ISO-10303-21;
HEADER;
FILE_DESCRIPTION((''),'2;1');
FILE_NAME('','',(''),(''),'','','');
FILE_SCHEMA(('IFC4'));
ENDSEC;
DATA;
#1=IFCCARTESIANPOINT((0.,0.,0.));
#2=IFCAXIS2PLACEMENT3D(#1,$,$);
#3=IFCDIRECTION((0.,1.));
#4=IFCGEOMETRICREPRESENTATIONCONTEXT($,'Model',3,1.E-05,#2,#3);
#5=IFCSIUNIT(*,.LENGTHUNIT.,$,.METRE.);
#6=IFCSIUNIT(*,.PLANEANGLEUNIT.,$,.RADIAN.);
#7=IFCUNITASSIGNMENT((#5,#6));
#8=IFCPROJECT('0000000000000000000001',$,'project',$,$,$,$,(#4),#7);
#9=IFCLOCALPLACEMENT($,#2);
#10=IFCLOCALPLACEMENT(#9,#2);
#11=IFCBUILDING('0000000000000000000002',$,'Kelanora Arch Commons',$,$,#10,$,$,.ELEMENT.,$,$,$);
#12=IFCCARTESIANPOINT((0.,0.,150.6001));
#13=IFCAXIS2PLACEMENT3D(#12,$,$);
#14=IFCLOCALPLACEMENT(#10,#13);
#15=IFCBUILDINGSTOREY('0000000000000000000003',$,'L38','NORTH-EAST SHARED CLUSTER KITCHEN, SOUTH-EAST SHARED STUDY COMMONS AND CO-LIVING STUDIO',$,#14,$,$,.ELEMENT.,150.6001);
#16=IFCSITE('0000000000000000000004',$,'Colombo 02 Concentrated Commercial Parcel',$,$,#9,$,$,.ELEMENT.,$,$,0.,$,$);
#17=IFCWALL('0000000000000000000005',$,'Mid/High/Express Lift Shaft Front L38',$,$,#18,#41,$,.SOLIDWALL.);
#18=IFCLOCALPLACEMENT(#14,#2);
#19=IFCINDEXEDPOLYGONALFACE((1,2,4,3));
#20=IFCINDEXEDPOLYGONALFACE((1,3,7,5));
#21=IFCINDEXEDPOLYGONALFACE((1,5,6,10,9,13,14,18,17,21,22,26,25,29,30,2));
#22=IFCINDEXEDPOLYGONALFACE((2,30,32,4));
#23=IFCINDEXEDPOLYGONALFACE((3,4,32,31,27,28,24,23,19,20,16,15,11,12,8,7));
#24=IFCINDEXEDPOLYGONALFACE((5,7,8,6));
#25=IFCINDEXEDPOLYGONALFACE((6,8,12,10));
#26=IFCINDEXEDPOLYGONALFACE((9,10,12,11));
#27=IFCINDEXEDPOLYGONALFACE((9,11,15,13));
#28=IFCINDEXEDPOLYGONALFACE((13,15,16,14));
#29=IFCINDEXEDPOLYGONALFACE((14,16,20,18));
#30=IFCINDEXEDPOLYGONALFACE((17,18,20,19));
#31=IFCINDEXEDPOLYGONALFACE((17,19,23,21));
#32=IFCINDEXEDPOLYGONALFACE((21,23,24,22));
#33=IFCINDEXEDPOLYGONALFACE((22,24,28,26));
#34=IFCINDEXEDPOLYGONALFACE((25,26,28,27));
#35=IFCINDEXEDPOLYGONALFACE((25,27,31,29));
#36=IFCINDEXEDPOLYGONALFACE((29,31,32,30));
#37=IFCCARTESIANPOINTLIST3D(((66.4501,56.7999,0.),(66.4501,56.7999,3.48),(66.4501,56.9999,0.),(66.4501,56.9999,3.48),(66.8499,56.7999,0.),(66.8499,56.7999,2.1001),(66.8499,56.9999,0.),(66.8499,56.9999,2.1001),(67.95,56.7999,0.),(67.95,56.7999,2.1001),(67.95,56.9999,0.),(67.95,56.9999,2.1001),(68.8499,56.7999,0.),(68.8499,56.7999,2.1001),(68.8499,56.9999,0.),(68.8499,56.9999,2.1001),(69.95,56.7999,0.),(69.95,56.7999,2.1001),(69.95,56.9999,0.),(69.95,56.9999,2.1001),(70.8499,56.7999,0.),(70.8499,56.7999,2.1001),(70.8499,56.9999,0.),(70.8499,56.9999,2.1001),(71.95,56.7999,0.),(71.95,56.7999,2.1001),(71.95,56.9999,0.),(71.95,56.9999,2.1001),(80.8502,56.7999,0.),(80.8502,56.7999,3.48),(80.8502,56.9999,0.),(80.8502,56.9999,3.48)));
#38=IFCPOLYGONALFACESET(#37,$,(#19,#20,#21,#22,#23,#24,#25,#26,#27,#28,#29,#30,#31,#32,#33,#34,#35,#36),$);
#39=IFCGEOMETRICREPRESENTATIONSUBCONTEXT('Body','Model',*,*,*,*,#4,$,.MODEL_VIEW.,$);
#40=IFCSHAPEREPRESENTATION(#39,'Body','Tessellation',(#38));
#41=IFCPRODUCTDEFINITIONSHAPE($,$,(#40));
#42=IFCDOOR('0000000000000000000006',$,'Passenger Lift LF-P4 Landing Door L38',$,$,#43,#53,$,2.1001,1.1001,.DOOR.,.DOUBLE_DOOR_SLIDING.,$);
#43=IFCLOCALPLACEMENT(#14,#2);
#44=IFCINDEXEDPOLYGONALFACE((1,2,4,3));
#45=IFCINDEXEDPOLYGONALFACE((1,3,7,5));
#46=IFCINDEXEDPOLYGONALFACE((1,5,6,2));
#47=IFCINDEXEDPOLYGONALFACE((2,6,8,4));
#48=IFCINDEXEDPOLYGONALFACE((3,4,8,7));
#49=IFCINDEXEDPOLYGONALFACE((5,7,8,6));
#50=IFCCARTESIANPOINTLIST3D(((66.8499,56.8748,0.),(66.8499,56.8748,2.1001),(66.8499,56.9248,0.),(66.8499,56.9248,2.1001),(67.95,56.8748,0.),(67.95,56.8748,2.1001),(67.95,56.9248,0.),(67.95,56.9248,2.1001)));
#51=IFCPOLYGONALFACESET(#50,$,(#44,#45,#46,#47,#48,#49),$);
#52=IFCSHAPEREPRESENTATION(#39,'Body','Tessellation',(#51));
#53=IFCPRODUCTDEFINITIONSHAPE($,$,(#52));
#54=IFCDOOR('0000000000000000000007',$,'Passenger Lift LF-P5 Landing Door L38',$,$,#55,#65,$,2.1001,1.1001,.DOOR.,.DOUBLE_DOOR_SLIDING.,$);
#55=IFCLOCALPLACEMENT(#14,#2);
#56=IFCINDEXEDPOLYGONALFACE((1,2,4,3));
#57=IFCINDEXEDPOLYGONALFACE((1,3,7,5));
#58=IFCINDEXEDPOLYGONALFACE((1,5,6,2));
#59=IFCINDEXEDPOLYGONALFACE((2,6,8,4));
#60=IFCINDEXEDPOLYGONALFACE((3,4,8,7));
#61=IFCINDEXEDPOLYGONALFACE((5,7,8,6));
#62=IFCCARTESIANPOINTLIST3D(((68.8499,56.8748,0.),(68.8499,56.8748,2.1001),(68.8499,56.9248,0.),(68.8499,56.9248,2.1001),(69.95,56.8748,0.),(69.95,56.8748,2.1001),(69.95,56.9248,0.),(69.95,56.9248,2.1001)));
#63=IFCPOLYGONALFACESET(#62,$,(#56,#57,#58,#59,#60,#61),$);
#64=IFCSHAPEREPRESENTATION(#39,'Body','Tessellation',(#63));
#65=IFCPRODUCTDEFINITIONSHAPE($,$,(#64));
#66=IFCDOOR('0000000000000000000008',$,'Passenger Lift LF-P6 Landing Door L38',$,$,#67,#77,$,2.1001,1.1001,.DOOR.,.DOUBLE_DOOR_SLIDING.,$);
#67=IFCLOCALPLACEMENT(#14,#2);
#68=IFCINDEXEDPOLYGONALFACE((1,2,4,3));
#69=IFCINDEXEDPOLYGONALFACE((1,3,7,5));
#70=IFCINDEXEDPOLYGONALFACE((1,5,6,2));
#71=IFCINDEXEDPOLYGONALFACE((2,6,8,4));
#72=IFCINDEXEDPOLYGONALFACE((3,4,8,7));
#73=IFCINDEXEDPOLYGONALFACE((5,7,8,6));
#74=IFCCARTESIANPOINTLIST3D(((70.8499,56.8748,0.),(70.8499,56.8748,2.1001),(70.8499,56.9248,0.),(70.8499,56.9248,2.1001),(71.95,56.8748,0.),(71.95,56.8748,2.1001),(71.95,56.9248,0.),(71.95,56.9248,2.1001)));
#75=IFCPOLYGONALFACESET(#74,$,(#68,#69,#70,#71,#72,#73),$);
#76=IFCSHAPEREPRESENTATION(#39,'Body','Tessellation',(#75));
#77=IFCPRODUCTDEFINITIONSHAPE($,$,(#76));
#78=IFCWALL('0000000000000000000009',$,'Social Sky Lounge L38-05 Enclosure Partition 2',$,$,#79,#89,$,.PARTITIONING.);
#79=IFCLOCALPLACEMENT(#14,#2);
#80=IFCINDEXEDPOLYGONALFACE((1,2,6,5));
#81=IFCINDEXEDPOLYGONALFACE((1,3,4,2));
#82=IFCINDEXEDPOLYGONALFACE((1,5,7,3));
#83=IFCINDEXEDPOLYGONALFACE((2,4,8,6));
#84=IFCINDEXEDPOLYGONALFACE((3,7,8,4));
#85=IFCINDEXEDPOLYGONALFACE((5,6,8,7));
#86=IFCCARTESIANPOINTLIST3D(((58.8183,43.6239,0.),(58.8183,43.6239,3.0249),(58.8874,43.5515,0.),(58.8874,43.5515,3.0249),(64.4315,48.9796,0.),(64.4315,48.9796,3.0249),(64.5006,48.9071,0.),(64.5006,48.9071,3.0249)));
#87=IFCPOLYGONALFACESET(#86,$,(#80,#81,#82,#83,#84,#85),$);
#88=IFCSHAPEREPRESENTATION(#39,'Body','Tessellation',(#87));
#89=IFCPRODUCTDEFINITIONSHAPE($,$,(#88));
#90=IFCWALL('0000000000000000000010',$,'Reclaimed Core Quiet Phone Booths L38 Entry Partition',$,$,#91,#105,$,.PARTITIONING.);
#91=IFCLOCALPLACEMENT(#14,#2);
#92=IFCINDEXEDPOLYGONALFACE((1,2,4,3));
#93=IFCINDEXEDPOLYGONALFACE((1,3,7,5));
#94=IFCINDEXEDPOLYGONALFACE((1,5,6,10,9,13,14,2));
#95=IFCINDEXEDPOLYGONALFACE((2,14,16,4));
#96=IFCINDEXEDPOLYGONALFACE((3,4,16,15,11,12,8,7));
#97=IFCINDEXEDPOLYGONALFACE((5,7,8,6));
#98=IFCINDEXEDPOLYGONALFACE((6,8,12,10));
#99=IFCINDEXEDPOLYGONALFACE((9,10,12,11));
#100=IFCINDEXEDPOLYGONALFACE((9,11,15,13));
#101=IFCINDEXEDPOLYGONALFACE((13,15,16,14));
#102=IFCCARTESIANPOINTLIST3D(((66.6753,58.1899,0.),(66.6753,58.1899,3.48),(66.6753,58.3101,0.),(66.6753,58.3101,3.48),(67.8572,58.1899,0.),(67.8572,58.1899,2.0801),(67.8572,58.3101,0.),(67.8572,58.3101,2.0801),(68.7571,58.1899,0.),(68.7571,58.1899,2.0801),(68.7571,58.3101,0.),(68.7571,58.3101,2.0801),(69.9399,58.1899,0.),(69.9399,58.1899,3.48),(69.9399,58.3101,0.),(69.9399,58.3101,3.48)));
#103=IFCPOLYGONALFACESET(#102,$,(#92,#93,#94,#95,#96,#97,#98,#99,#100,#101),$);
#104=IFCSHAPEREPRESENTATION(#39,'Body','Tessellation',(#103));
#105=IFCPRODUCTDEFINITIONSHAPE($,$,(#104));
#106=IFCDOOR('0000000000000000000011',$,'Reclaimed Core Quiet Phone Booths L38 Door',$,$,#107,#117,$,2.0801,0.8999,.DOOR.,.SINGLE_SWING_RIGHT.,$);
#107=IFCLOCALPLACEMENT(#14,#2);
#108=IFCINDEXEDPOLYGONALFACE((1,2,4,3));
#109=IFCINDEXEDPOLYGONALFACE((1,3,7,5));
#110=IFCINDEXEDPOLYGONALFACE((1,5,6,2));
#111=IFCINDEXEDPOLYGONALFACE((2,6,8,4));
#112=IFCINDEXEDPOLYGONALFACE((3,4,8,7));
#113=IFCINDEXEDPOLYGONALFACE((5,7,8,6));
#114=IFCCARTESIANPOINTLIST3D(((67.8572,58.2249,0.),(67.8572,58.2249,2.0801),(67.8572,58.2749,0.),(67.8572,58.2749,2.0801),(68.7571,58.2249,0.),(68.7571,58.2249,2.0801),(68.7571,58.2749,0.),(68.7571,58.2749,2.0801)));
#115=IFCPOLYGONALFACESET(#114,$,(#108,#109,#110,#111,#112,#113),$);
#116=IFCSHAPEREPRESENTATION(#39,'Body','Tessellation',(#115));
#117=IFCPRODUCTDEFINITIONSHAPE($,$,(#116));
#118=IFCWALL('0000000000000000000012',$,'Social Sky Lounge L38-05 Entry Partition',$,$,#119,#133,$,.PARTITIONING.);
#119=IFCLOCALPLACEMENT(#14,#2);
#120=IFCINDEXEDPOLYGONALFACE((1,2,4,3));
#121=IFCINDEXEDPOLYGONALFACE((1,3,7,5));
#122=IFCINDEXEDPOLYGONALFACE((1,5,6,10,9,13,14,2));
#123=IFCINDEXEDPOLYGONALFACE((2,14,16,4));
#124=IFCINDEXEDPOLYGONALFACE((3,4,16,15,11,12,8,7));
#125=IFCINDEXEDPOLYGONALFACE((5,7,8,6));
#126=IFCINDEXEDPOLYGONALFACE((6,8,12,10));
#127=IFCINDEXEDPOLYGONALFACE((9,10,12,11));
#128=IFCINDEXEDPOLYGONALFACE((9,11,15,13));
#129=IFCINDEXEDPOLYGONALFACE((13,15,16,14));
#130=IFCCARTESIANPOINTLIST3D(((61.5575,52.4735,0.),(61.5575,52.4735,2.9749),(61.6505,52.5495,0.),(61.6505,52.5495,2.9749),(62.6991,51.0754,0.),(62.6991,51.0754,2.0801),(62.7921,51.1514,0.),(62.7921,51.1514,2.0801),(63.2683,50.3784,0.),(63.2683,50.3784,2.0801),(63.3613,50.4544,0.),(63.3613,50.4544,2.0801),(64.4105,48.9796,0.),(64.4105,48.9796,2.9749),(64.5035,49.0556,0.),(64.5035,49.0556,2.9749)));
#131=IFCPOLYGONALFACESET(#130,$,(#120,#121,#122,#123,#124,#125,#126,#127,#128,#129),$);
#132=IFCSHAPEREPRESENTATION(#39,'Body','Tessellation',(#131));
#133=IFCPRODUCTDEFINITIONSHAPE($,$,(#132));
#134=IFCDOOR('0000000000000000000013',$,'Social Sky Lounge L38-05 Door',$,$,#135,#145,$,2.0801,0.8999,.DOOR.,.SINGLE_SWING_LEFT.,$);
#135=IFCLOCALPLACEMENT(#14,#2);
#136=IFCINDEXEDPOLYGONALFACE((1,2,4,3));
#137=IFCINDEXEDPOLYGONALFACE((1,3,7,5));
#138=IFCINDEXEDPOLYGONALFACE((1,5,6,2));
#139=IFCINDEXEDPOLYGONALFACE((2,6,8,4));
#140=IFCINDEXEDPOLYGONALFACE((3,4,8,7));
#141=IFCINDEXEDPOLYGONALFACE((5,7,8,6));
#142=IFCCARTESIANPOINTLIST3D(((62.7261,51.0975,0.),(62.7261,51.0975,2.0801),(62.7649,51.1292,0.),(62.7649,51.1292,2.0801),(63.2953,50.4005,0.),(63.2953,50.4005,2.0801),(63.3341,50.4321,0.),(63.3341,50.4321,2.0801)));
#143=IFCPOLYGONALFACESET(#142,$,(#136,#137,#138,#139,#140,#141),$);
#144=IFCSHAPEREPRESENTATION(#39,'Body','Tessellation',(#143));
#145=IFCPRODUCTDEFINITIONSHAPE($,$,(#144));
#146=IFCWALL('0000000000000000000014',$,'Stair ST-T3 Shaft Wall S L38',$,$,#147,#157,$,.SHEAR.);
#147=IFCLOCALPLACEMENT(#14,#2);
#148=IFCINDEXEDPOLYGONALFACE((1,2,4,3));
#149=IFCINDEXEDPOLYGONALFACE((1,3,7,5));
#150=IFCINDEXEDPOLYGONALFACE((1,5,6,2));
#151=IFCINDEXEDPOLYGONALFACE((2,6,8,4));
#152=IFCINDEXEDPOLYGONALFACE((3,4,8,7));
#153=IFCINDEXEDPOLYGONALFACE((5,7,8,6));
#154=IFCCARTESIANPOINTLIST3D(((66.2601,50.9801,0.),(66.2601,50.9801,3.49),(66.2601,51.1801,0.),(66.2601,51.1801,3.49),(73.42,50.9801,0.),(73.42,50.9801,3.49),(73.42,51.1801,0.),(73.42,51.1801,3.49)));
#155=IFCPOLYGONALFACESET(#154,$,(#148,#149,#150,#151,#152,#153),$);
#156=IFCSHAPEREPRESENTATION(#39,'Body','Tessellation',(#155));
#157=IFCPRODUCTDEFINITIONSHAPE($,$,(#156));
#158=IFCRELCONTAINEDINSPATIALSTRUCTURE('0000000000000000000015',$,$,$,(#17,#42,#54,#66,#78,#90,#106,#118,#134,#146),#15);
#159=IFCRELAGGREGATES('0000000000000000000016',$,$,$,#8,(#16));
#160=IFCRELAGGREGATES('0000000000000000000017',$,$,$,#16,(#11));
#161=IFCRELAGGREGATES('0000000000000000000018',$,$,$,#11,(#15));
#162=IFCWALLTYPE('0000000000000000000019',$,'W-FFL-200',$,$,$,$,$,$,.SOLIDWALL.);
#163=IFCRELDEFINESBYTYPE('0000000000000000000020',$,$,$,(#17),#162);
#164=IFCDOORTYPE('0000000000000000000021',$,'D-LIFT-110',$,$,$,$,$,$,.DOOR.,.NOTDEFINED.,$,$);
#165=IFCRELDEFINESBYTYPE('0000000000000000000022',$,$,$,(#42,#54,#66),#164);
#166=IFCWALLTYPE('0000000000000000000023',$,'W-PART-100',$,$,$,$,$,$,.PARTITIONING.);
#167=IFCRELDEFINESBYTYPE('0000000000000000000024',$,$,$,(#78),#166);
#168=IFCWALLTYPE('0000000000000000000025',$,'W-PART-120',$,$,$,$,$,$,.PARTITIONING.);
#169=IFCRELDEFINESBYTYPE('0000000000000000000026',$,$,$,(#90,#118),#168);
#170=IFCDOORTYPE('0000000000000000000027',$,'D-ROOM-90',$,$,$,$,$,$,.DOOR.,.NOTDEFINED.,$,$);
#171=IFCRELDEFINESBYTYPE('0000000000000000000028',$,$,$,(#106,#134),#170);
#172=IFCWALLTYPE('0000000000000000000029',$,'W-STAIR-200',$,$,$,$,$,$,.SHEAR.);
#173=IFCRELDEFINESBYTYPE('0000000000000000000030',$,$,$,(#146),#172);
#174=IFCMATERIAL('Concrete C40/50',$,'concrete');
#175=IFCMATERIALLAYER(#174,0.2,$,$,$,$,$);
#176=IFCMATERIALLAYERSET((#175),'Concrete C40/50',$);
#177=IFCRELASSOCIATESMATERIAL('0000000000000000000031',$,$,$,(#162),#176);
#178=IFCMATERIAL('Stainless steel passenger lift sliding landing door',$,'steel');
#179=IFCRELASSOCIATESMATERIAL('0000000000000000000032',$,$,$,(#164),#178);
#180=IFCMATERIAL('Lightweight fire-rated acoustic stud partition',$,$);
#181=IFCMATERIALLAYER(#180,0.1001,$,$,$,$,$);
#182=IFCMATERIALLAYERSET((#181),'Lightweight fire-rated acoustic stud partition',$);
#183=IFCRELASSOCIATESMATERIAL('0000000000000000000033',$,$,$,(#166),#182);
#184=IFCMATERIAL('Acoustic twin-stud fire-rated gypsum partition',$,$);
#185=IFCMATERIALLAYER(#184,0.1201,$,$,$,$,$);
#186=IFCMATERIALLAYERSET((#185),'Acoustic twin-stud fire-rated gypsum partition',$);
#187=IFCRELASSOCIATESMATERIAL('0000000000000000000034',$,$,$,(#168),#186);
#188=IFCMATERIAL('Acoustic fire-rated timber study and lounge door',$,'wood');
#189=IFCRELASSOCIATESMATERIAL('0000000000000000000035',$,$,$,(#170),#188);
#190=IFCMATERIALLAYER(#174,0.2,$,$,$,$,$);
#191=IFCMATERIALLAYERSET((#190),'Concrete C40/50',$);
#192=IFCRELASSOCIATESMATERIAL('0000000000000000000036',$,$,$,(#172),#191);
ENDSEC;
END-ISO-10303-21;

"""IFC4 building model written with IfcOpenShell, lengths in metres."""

from ifc_helpers import new_model, si_unit, direction, frame, frame_2d, origin, place, context, subcontext, project, spatial, rectangle, extrude, material, layer, layer_set, type_object, element, fill, save


model = new_model("IFC4")

# Units and contexts
model_context = context("Model", 3, precision=1e-05, world=origin(), true_north=direction((0.0, 1.0)))
body_context = subcontext(model_context, "Body", "Model", "MODEL_VIEW")
ifc_project = project(units=[si_unit("LENGTHUNIT", "METRE"), si_unit("PLANEANGLEUNIT", "RADIAN")], contexts=[model_context])

# Site, building, storey
site_placement = place(None, origin())
site = spatial("IfcSite", under=ifc_project, at=site_placement, Name="Colombo 02 Concentrated Commercial Parcel", CompositionType="ELEMENT", RefElevation=0.0)
building_placement = place(site_placement, origin())
building = spatial("IfcBuilding", under=site, at=building_placement, Name="Kelanora Arch Commons", CompositionType="ELEMENT")
storey_placement = place(building_placement, frame((0.0, 0.0, 150.6001)))
storey = spatial("IfcBuildingStorey", under=building, at=storey_placement, Name="L38", Description="NORTH-EAST SHARED CLUSTER KITCHEN, SOUTH-EAST SHARED STUDY COMMONS AND CO-LIVING STUDIO", CompositionType="ELEMENT", Elevation=150.6001)

# Wall, openings, doors
ifc_material_1 = material(Name="Concrete C40/50", Category="concrete")
ifc_layer_1 = layer(ifc_material_1, 0.2)
ifc_layer_set_1 = layer_set([ifc_layer_1], Name="Concrete C40/50")
wall_type_1 = type_object("IfcWallType", Name="W-FFL-200", PredefinedType="SOLIDWALL", material=ifc_layer_set_1)
wall_1_placement = place(storey_placement, frame((66.45, 56.8999, 0.0), z_axis=(0.0, 0.0, 1.0), x_axis=(1.0, 0.0, 0.0)))
wall_1 = element("IfcWall", 1, at=wall_1_placement, inside=storey, type_object=wall_type_1, Name="Mid/High/Express Lift Shaft Front L38", PredefinedType="SOLIDWALL", context=body_context, shape_type="SweptSolid", body=[
    extrude(rectangle(XDim=14.4001, YDim=0.2, at=frame_2d((7.2002, 0.0))), origin(), (0.0, 0.0, 1.0), 3.48),
])
opening_1_placement = place(wall_1_placement, frame((0.3999, 0.0, 0.0)))
opening_1 = element("IfcOpeningElement", 2, at=opening_1_placement, cuts=wall_1, PredefinedType="OPENING", context=body_context, shape_type="SweptSolid", body=[
    extrude(rectangle(XDim=1.1001, YDim=2.1001, at=frame_2d((0.55, 1.05))), frame((0.0, 0.1099, 0.0), z_axis=(0.0, -1.0, 0.0), x_axis=(1.0, 0.0, 0.0)), (0.0, 0.0, 1.0), 0.22),
])
opening_2_placement = place(wall_1_placement, frame((2.3999, 0.0, 0.0)))
opening_2 = element("IfcOpeningElement", 3, at=opening_2_placement, cuts=wall_1, PredefinedType="OPENING", context=body_context, shape_type="SweptSolid", body=[
    extrude(rectangle(XDim=1.1001, YDim=2.1001, at=frame_2d((0.55, 1.05))), frame((0.0, 0.1099, 0.0), z_axis=(0.0, -1.0, 0.0), x_axis=(1.0, 0.0, 0.0)), (0.0, 0.0, 1.0), 0.22),
])
opening_3_placement = place(wall_1_placement, frame((4.3999, 0.0, 0.0)))
opening_3 = element("IfcOpeningElement", 4, at=opening_3_placement, cuts=wall_1, PredefinedType="OPENING", context=body_context, shape_type="SweptSolid", body=[
    extrude(rectangle(XDim=1.1001, YDim=2.1001, at=frame_2d((0.55, 1.05))), frame((0.0, 0.1099, 0.0), z_axis=(0.0, -1.0, 0.0), x_axis=(1.0, 0.0, 0.0)), (0.0, 0.0, 1.0), 0.22),
])
ifc_material_2 = material(Name="Stainless steel passenger lift sliding landing door", Category="steel")
door_type_1 = type_object("IfcDoorType", Name="D-LIFT-110", OperationType="NOTDEFINED", PredefinedType="DOOR", material=ifc_material_2)
door_1_placement = place(opening_1_placement, origin())
door_1 = element("IfcDoor", 5, at=door_1_placement, inside=storey, type_object=door_type_1, Name="Passenger Lift LF-P4 Landing Door L38", OperationType="DOUBLE_DOOR_SLIDING", OverallHeight=2.1001, OverallWidth=1.1001, PredefinedType="DOOR", context=body_context, shape_type="SweptSolid", body=[
    extrude(rectangle(XDim=1.1001, YDim=2.1001, at=frame_2d((0.55, 1.05))), frame((0.0, 0.0249, 0.0), z_axis=(0.0, -1.0, 0.0), x_axis=(1.0, 0.0, 0.0)), (0.0, 0.0, 1.0), 0.05),
])
fill(opening_1, door_1)
door_2_placement = place(opening_2_placement, origin())
door_2 = element("IfcDoor", 6, at=door_2_placement, inside=storey, type_object=door_type_1, Name="Passenger Lift LF-P5 Landing Door L38", OperationType="DOUBLE_DOOR_SLIDING", OverallHeight=2.1001, OverallWidth=1.1001, PredefinedType="DOOR", context=body_context, shape_type="SweptSolid", body=[
    extrude(rectangle(XDim=1.1001, YDim=2.1001, at=frame_2d((0.55, 1.05))), frame((0.0, 0.0249, 0.0), z_axis=(0.0, -1.0, 0.0), x_axis=(1.0, 0.0, 0.0)), (0.0, 0.0, 1.0), 0.05),
])
fill(opening_2, door_2)
door_3_placement = place(opening_3_placement, origin())
door_3 = element("IfcDoor", 7, at=door_3_placement, inside=storey, type_object=door_type_1, Name="Passenger Lift LF-P6 Landing Door L38", OperationType="DOUBLE_DOOR_SLIDING", OverallHeight=2.1001, OverallWidth=1.1001, PredefinedType="DOOR", context=body_context, shape_type="SweptSolid", body=[
    extrude(rectangle(XDim=1.1001, YDim=2.1001, at=frame_2d((0.55, 1.05))), frame((0.0, 0.0249, 0.0), z_axis=(0.0, -1.0, 0.0), x_axis=(1.0, 0.0, 0.0)), (0.0, 0.0, 1.0), 0.05),
])
fill(opening_3, door_3)

# Wall
ifc_material_3 = material(Name="Lightweight fire-rated acoustic stud partition")
ifc_layer_2 = layer(ifc_material_3, 0.1001)
ifc_layer_set_2 = layer_set([ifc_layer_2], Name="Lightweight fire-rated acoustic stud partition")
wall_type_2 = type_object("IfcWallType", Name="W-PART-100", PredefinedType="PARTITIONING", material=ifc_layer_set_2)
wall_2_placement = place(storey_placement, frame((64.4661, 48.9434, 0.0), z_axis=(0.0, 0.0, 1.0), x_axis=(-0.723511, -0.690313, 0.0)))
element("IfcWall", 8, at=wall_2_placement, inside=storey, type_object=wall_type_2, Name="Social Sky Lounge L38-05 Enclosure Partition 2", PredefinedType="PARTITIONING", context=body_context, shape_type="SweptSolid", body=[
    extrude(rectangle(XDim=7.7583, YDim=0.1001, at=frame_2d((3.8792, 0.0))), origin(), (0.0, 0.0, 1.0), 3.0249),
])

# Walls, openings, doors
ifc_material_4 = material(Name="Acoustic twin-stud fire-rated gypsum partition")
ifc_layer_3 = layer(ifc_material_4, 0.1201)
ifc_layer_set_3 = layer_set([ifc_layer_3], Name="Acoustic twin-stud fire-rated gypsum partition")
wall_type_3 = type_object("IfcWallType", Name="W-PART-120", PredefinedType="PARTITIONING", material=ifc_layer_set_3)
wall_3_placement = place(storey_placement, frame((66.6753, 58.25, 0.0), z_axis=(0.0, 0.0, 1.0), x_axis=(1.0, 0.0, 0.0)))
wall_3 = element("IfcWall", 9, at=wall_3_placement, inside=storey, type_object=wall_type_3, Name="Reclaimed Core Quiet Phone Booths L38 Entry Partition", PredefinedType="PARTITIONING", context=body_context, shape_type="SweptSolid", body=[
    extrude(rectangle(XDim=3.2646, YDim=0.1201, at=frame_2d((1.6323, 0.0))), origin(), (0.0, 0.0, 1.0), 3.48),
])
opening_4_placement = place(wall_3_placement, frame((1.1819, 0.0, 0.0)))
opening_4 = element("IfcOpeningElement", 10, at=opening_4_placement, cuts=wall_3, PredefinedType="OPENING", context=body_context, shape_type="SweptSolid", body=[
    extrude(rectangle(XDim=0.8999, YDim=2.0801, at=frame_2d((0.45, 1.04))), frame((0.0, 0.0701, 0.0), z_axis=(0.0, -1.0, 0.0), x_axis=(1.0, 0.0, 0.0)), (0.0, 0.0, 1.0), 0.1401),
])
ifc_material_5 = material(Name="Acoustic fire-rated timber study and lounge door", Category="wood")
door_type_2 = type_object("IfcDoorType", Name="D-ROOM-90", OperationType="NOTDEFINED", PredefinedType="DOOR", material=ifc_material_5)
door_4_placement = place(opening_4_placement, origin())
door_4 = element("IfcDoor", 11, at=door_4_placement, inside=storey, type_object=door_type_2, Name="Reclaimed Core Quiet Phone Booths L38 Door", OperationType="SINGLE_SWING_RIGHT", OverallHeight=2.0801, OverallWidth=0.8999, PredefinedType="DOOR", context=body_context, shape_type="SweptSolid", body=[
    extrude(rectangle(XDim=0.8999, YDim=2.0801, at=frame_2d((0.45, 1.04))), frame((0.0, 0.0249, 0.0), z_axis=(0.0, -1.0, 0.0), x_axis=(1.0, 0.0, 0.0)), (0.0, 0.0, 1.0), 0.05),
])
fill(opening_4, door_4)
wall_4_placement = place(storey_placement, frame((61.604, 52.5115, 0.0), z_axis=(0.0, 0.0, 1.0), x_axis=(0.632492, -0.774567, 0.0)))
wall_4 = element("IfcWall", 12, at=wall_4_placement, inside=storey, type_object=wall_type_3, Name="Social Sky Lounge L38-05 Entry Partition", PredefinedType="PARTITIONING", context=body_context, shape_type="SweptSolid", body=[
    extrude(rectangle(XDim=4.5107, YDim=0.1201, at=frame_2d((2.2554, 0.0))), origin(), (0.0, 0.0, 1.0), 2.9749),
])
opening_5_placement = place(wall_4_placement, frame((1.8049, 0.0, 0.0)))
opening_5 = element("IfcOpeningElement", 13, at=opening_5_placement, cuts=wall_4, PredefinedType="OPENING", context=body_context, shape_type="SweptSolid", body=[
    extrude(rectangle(XDim=0.8999, YDim=2.0801, at=frame_2d((0.45, 1.04))), frame((0.0, 0.0701, 0.0), z_axis=(0.0, -1.0, 0.0), x_axis=(1.0, 0.0, 0.0)), (0.0, 0.0, 1.0), 0.1401),
])
door_5_placement = place(opening_5_placement, origin())
door_5 = element("IfcDoor", 14, at=door_5_placement, inside=storey, type_object=door_type_2, Name="Social Sky Lounge L38-05 Door", OperationType="SINGLE_SWING_LEFT", OverallHeight=2.0801, OverallWidth=0.8999, PredefinedType="DOOR", context=body_context, shape_type="SweptSolid", body=[
    extrude(rectangle(XDim=0.8999, YDim=2.0801, at=frame_2d((0.45, 1.04))), frame((0.0, 0.0249, 0.0), z_axis=(0.0, -1.0, 0.0), x_axis=(1.0, 0.0, 0.0)), (0.0, 0.0, 1.0), 0.05),
])
fill(opening_5, door_5)

# Wall
ifc_layer_4 = layer(ifc_material_1, 0.2)
ifc_layer_set_4 = layer_set([ifc_layer_4], Name="Concrete C40/50")
wall_type_4 = type_object("IfcWallType", Name="W-STAIR-200", PredefinedType="SHEAR", material=ifc_layer_set_4)
wall_5_placement = place(storey_placement, frame((66.26, 51.0801, 0.0), z_axis=(0.0, 0.0, 1.0), x_axis=(1.0, 0.0, 0.0)))
element("IfcWall", 15, at=wall_5_placement, inside=storey, type_object=wall_type_4, Name="Stair ST-T3 Shaft Wall S L38", PredefinedType="SHEAR", context=body_context, shape_type="SweptSolid", body=[
    extrude(rectangle(XDim=7.1599, YDim=0.2, at=frame_2d((3.5801, 0.0))), origin(), (0.0, 0.0, 1.0), 3.49),
])

save(model, "model.ifc")
